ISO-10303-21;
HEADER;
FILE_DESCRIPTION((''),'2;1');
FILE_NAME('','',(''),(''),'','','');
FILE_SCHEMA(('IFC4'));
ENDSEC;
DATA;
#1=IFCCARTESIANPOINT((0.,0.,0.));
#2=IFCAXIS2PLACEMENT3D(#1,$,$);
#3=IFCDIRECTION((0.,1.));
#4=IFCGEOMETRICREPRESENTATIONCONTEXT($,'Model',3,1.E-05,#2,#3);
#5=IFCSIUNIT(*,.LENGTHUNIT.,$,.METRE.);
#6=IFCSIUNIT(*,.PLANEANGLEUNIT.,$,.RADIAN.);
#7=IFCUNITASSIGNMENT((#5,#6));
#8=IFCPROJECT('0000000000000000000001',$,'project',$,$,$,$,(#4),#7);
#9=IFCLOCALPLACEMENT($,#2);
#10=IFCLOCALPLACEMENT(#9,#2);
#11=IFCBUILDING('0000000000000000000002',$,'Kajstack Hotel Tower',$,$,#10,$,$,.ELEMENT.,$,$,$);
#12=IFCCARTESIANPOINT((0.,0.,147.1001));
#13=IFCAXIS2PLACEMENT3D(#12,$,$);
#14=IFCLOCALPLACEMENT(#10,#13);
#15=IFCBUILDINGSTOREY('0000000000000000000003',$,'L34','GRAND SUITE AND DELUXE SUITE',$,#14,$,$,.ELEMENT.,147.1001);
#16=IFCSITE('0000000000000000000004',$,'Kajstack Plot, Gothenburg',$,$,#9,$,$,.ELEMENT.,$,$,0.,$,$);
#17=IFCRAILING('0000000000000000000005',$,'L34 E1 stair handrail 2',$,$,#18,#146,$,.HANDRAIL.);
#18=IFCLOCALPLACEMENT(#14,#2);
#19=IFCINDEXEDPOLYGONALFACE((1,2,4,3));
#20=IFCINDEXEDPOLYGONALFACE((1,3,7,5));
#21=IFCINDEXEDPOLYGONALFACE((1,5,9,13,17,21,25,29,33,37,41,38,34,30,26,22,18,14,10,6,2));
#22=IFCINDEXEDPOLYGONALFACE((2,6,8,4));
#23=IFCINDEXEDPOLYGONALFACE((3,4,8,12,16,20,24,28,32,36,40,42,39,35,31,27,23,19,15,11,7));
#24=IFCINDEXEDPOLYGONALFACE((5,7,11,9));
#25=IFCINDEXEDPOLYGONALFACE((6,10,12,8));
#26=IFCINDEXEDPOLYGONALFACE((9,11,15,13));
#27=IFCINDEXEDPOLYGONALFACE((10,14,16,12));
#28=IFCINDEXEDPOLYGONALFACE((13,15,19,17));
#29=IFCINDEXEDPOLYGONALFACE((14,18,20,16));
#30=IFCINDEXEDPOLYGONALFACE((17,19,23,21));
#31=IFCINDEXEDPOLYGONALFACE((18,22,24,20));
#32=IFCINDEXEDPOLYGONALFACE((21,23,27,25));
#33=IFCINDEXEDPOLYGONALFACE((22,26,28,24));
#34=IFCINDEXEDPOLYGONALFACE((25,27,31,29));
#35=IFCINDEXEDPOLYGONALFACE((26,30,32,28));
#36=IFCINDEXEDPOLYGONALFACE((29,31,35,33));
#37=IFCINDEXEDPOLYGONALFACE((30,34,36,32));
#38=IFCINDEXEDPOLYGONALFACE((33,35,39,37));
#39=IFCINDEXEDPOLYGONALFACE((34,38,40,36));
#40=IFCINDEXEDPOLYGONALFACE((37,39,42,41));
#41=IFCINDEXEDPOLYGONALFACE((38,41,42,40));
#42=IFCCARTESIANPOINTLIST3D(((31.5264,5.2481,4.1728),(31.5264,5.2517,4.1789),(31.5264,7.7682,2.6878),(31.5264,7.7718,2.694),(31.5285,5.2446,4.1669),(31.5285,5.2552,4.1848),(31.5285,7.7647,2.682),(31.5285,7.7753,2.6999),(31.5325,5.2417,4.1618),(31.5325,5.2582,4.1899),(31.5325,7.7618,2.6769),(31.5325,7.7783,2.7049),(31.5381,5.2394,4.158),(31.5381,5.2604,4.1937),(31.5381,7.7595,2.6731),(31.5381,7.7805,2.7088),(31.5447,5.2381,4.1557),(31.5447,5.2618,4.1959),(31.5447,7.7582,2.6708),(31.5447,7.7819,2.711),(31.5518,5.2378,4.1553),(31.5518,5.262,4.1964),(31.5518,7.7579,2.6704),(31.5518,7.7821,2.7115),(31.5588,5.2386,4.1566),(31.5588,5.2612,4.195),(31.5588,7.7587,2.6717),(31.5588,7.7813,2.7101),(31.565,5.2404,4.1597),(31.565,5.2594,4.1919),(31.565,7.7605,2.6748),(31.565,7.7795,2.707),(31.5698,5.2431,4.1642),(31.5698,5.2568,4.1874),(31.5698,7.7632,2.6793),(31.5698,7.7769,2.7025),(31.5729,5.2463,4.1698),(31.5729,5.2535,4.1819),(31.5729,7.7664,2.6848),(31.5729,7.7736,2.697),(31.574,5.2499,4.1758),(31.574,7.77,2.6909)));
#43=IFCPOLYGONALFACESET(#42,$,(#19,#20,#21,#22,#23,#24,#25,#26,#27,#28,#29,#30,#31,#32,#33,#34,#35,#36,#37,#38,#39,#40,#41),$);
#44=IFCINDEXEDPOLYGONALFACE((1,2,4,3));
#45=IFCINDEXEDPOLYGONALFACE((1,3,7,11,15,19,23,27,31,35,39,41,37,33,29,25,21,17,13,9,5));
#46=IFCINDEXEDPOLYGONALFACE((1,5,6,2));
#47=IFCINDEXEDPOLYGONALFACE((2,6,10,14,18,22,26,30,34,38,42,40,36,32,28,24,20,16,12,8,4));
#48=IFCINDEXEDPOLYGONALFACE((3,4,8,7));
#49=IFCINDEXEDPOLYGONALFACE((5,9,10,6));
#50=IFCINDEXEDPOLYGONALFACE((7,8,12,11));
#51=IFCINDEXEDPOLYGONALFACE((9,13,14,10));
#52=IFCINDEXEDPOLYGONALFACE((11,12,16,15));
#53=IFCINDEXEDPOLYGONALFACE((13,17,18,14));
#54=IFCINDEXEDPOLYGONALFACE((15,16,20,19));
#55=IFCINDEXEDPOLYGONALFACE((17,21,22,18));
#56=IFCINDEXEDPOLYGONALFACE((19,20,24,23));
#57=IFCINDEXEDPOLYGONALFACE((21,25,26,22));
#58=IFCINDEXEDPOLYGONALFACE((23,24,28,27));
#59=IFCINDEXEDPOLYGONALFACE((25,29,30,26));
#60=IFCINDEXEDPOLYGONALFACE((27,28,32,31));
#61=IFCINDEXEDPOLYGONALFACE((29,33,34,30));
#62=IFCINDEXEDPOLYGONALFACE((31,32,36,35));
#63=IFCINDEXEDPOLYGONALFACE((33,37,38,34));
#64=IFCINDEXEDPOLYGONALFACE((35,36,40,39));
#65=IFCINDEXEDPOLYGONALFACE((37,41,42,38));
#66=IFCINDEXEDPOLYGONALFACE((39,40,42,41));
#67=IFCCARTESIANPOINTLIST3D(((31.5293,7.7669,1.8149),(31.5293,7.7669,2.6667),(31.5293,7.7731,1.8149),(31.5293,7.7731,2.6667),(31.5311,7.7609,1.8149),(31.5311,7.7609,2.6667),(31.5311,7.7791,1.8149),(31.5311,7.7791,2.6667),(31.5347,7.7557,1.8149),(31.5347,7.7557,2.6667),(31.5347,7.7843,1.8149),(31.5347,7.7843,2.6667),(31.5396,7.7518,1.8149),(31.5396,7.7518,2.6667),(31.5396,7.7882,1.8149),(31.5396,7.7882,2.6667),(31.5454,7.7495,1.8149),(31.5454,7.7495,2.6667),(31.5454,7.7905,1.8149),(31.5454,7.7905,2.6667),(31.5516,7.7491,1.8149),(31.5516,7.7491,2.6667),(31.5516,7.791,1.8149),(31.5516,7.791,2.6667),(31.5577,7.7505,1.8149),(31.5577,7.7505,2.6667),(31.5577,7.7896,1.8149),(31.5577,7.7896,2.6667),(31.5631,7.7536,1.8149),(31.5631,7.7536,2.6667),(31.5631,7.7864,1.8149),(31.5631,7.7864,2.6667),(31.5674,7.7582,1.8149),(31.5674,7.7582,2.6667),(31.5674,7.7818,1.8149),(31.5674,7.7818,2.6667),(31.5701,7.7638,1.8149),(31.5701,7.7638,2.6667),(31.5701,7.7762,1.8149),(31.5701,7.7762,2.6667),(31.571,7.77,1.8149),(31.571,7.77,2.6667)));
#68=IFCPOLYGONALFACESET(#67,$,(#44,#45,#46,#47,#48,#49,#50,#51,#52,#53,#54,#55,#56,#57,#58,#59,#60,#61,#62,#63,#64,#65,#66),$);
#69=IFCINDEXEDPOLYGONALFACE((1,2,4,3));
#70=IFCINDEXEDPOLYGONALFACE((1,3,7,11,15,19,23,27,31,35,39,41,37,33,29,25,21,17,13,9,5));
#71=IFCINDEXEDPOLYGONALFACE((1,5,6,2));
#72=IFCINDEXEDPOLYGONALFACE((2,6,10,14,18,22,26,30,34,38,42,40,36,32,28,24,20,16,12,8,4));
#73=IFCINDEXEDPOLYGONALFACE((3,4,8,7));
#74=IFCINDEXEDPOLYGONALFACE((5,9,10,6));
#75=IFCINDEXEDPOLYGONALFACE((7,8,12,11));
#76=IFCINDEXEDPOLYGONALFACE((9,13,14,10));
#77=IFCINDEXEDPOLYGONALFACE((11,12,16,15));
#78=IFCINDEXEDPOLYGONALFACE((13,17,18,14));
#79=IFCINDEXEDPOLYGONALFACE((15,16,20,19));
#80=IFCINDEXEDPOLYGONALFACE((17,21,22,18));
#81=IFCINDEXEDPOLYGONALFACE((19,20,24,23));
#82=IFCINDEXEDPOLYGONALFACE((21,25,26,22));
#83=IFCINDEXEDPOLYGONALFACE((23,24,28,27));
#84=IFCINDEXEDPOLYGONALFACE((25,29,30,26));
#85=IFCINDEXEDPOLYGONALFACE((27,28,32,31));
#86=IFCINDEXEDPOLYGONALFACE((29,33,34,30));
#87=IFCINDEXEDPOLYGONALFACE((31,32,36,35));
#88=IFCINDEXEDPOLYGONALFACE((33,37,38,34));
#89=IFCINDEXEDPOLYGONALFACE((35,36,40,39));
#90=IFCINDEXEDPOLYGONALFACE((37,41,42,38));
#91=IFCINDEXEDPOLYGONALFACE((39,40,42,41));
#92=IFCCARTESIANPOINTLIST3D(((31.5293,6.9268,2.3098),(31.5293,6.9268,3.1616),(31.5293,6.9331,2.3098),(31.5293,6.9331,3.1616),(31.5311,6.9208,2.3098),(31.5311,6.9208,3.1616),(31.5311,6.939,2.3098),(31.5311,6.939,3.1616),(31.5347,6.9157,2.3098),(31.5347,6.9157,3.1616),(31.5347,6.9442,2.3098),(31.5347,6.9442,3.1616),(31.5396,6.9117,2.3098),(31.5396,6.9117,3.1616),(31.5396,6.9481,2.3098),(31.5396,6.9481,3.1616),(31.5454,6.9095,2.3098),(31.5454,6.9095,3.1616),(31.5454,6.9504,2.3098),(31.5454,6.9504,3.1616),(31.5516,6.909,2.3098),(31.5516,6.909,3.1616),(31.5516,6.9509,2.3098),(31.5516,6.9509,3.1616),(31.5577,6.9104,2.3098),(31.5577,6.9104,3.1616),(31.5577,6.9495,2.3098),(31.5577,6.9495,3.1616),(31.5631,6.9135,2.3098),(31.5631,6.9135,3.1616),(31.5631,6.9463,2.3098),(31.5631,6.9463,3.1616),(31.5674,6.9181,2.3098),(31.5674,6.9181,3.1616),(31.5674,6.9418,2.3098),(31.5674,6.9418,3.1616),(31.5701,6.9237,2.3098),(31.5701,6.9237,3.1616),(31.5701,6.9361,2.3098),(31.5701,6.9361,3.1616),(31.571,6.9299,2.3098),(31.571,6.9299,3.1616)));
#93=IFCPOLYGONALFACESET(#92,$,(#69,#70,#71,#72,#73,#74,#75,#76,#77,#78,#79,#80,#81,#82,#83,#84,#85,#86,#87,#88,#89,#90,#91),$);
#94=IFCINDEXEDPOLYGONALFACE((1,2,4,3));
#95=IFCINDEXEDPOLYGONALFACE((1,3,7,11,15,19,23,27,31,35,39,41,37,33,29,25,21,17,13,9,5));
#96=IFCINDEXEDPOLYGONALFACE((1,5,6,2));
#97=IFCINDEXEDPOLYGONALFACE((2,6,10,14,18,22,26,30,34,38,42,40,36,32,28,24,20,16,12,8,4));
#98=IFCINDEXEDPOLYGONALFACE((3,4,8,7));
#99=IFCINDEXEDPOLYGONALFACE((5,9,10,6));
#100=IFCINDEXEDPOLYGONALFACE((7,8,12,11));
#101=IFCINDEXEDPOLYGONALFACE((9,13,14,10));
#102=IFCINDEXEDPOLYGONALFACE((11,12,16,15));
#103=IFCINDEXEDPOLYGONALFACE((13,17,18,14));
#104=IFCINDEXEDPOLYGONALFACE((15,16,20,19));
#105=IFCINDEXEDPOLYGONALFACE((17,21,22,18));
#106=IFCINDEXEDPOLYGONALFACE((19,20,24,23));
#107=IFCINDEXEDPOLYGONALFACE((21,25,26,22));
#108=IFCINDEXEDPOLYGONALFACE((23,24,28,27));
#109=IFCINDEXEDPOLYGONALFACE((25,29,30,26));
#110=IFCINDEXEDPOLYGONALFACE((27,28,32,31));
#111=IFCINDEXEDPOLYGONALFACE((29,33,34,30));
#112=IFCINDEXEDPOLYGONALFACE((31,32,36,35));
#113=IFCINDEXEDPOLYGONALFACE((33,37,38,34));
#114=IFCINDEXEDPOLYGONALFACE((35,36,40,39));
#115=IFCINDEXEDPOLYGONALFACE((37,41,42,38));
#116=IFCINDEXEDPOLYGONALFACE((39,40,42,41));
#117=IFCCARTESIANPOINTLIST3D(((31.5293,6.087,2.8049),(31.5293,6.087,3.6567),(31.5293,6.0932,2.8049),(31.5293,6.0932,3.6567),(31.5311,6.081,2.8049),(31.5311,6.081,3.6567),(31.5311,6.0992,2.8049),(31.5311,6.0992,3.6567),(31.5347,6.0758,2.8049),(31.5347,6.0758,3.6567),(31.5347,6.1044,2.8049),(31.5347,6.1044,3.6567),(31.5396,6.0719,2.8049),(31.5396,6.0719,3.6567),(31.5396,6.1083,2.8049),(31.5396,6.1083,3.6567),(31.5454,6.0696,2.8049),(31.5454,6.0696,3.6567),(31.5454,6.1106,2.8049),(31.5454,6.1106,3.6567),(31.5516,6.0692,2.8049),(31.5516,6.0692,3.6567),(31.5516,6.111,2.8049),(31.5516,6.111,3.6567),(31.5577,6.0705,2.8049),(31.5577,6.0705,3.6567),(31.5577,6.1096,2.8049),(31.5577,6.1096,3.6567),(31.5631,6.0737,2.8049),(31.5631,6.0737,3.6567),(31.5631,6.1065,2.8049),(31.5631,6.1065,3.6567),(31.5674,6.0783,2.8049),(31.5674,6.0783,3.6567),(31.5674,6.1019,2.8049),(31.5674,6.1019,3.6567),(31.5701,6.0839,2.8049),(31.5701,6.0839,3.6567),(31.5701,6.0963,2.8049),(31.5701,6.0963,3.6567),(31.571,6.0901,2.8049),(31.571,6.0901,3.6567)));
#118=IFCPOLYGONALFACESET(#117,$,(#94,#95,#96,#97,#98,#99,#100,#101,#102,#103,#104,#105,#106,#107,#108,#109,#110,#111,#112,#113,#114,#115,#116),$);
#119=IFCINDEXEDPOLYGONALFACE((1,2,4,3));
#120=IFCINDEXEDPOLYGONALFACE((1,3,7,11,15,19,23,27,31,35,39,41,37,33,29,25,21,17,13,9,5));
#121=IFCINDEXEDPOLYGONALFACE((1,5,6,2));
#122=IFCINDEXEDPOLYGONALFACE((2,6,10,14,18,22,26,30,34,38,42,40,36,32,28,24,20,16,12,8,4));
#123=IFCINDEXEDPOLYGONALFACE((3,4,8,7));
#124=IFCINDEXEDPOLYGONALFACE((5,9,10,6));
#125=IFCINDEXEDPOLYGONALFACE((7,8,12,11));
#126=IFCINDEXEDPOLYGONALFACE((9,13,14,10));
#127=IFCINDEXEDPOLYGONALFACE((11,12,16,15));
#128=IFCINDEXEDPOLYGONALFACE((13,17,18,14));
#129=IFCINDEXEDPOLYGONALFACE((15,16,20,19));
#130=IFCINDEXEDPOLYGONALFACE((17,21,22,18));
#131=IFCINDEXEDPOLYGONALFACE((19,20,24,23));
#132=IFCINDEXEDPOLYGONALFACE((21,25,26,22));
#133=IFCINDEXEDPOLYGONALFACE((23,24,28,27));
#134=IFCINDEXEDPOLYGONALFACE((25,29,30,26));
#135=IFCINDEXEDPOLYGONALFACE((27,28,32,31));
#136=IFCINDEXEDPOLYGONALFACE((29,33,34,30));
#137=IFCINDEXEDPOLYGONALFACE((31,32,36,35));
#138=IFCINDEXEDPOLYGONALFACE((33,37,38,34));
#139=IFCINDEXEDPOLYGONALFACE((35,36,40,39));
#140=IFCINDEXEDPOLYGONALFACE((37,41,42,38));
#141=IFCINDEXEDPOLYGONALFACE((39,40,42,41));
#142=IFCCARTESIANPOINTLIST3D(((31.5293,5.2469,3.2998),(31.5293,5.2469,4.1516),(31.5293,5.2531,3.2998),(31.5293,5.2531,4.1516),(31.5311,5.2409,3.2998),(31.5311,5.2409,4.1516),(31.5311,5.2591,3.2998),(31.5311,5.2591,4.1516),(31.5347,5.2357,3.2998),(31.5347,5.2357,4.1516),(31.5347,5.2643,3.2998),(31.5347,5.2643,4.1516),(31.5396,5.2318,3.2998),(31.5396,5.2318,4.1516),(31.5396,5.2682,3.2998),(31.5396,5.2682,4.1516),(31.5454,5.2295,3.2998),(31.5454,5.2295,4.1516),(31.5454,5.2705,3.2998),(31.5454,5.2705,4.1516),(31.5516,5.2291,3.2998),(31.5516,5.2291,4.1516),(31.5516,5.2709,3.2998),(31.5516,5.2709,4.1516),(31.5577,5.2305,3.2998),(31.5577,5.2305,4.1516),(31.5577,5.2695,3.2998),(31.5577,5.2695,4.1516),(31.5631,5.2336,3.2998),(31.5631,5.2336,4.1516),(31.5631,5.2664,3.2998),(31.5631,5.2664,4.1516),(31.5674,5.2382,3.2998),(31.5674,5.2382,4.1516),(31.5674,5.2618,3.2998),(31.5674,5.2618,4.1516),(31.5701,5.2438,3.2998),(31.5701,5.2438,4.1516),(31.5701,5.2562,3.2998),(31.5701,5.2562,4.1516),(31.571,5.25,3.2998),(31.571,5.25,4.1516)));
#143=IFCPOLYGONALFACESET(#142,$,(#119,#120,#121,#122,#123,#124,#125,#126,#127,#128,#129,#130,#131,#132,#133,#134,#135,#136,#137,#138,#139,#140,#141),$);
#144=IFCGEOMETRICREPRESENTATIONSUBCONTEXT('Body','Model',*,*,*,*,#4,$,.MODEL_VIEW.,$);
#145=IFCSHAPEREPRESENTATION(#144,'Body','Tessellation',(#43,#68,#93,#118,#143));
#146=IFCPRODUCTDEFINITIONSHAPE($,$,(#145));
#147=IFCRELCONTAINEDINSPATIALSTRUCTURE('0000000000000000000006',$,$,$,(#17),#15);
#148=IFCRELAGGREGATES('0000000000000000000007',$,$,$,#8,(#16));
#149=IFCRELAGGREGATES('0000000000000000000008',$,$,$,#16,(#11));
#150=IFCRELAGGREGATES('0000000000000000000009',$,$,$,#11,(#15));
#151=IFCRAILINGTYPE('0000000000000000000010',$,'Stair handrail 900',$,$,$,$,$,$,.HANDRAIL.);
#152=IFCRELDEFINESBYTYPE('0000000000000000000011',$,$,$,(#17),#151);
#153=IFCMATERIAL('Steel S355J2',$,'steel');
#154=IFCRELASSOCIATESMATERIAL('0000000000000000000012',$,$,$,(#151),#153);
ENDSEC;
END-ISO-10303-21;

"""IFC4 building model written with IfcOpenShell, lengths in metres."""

from ifc_helpers import new_model, si_unit, direction, frame, origin, origin_2d, place, context, subcontext, project, spatial, circle, extrude, material, type_object, element, save


model = new_model("IFC4")

# Units and contexts
model_context = context("Model", 3, precision=1e-05, world=origin(), true_north=direction((0.0, 1.0)))
body_context = subcontext(model_context, "Body", "Model", "MODEL_VIEW")
ifc_project = project(units=[si_unit("LENGTHUNIT", "METRE"), si_unit("PLANEANGLEUNIT", "RADIAN")], contexts=[model_context])

# Site, building, storey
site_placement = place(None, origin())
site = spatial("IfcSite", under=ifc_project, at=site_placement, Name="Kajstack Plot, Gothenburg", CompositionType="ELEMENT", RefElevation=0.0)
building_placement = place(site_placement, origin())
building = spatial("IfcBuilding", under=site, at=building_placement, Name="Kajstack Hotel Tower", CompositionType="ELEMENT")
storey_placement = place(building_placement, frame((0.0, 0.0, 147.1001)))
storey = spatial("IfcBuildingStorey", under=building, at=storey_placement, Name="L34", Description="GRAND SUITE AND DELUXE SUITE", CompositionType="ELEMENT", Elevation=147.1001)

# Railing
ifc_material_1 = material(Name="Steel S355J2", Category="steel")
railing_type_1 = type_object("IfcRailingType", Name="Stair handrail 900", PredefinedType="HANDRAIL", material=ifc_material_1)
railing_1_placement = place(storey_placement, frame((31.55, 7.77, 1.8149)))
element("IfcRailing", 1, at=railing_1_placement, inside=storey, type_object=railing_type_1, Name="L34 E1 stair handrail 2", PredefinedType="HANDRAIL", context=body_context, shape_type="SweptSolid", body=[
    extrude(circle(Radius=0.0239, at=origin_2d()), frame((0.0, 0.0, 0.876), z_axis=(0.0, -0.861561, 0.507655), x_axis=(1.0, 0.0, 0.0)), (0.0, 0.0, 1.0), 2.925),
    extrude(circle(Radius=0.021, at=origin_2d()), origin(), (0.0, 0.0, 1.0), 0.8518),
    extrude(circle(Radius=0.021, at=origin_2d()), frame((0.0, -0.8401, 0.4949)), (0.0, 0.0, 1.0), 0.8518),
    extrude(circle(Radius=0.021, at=origin_2d()), frame((0.0, -1.6799, 0.99)), (0.0, 0.0, 1.0), 0.8518),
    extrude(circle(Radius=0.021, at=origin_2d()), frame((0.0, -2.52, 1.4849)), (0.0, 0.0, 1.0), 0.8518),
])

save(model, "model.ifc")
